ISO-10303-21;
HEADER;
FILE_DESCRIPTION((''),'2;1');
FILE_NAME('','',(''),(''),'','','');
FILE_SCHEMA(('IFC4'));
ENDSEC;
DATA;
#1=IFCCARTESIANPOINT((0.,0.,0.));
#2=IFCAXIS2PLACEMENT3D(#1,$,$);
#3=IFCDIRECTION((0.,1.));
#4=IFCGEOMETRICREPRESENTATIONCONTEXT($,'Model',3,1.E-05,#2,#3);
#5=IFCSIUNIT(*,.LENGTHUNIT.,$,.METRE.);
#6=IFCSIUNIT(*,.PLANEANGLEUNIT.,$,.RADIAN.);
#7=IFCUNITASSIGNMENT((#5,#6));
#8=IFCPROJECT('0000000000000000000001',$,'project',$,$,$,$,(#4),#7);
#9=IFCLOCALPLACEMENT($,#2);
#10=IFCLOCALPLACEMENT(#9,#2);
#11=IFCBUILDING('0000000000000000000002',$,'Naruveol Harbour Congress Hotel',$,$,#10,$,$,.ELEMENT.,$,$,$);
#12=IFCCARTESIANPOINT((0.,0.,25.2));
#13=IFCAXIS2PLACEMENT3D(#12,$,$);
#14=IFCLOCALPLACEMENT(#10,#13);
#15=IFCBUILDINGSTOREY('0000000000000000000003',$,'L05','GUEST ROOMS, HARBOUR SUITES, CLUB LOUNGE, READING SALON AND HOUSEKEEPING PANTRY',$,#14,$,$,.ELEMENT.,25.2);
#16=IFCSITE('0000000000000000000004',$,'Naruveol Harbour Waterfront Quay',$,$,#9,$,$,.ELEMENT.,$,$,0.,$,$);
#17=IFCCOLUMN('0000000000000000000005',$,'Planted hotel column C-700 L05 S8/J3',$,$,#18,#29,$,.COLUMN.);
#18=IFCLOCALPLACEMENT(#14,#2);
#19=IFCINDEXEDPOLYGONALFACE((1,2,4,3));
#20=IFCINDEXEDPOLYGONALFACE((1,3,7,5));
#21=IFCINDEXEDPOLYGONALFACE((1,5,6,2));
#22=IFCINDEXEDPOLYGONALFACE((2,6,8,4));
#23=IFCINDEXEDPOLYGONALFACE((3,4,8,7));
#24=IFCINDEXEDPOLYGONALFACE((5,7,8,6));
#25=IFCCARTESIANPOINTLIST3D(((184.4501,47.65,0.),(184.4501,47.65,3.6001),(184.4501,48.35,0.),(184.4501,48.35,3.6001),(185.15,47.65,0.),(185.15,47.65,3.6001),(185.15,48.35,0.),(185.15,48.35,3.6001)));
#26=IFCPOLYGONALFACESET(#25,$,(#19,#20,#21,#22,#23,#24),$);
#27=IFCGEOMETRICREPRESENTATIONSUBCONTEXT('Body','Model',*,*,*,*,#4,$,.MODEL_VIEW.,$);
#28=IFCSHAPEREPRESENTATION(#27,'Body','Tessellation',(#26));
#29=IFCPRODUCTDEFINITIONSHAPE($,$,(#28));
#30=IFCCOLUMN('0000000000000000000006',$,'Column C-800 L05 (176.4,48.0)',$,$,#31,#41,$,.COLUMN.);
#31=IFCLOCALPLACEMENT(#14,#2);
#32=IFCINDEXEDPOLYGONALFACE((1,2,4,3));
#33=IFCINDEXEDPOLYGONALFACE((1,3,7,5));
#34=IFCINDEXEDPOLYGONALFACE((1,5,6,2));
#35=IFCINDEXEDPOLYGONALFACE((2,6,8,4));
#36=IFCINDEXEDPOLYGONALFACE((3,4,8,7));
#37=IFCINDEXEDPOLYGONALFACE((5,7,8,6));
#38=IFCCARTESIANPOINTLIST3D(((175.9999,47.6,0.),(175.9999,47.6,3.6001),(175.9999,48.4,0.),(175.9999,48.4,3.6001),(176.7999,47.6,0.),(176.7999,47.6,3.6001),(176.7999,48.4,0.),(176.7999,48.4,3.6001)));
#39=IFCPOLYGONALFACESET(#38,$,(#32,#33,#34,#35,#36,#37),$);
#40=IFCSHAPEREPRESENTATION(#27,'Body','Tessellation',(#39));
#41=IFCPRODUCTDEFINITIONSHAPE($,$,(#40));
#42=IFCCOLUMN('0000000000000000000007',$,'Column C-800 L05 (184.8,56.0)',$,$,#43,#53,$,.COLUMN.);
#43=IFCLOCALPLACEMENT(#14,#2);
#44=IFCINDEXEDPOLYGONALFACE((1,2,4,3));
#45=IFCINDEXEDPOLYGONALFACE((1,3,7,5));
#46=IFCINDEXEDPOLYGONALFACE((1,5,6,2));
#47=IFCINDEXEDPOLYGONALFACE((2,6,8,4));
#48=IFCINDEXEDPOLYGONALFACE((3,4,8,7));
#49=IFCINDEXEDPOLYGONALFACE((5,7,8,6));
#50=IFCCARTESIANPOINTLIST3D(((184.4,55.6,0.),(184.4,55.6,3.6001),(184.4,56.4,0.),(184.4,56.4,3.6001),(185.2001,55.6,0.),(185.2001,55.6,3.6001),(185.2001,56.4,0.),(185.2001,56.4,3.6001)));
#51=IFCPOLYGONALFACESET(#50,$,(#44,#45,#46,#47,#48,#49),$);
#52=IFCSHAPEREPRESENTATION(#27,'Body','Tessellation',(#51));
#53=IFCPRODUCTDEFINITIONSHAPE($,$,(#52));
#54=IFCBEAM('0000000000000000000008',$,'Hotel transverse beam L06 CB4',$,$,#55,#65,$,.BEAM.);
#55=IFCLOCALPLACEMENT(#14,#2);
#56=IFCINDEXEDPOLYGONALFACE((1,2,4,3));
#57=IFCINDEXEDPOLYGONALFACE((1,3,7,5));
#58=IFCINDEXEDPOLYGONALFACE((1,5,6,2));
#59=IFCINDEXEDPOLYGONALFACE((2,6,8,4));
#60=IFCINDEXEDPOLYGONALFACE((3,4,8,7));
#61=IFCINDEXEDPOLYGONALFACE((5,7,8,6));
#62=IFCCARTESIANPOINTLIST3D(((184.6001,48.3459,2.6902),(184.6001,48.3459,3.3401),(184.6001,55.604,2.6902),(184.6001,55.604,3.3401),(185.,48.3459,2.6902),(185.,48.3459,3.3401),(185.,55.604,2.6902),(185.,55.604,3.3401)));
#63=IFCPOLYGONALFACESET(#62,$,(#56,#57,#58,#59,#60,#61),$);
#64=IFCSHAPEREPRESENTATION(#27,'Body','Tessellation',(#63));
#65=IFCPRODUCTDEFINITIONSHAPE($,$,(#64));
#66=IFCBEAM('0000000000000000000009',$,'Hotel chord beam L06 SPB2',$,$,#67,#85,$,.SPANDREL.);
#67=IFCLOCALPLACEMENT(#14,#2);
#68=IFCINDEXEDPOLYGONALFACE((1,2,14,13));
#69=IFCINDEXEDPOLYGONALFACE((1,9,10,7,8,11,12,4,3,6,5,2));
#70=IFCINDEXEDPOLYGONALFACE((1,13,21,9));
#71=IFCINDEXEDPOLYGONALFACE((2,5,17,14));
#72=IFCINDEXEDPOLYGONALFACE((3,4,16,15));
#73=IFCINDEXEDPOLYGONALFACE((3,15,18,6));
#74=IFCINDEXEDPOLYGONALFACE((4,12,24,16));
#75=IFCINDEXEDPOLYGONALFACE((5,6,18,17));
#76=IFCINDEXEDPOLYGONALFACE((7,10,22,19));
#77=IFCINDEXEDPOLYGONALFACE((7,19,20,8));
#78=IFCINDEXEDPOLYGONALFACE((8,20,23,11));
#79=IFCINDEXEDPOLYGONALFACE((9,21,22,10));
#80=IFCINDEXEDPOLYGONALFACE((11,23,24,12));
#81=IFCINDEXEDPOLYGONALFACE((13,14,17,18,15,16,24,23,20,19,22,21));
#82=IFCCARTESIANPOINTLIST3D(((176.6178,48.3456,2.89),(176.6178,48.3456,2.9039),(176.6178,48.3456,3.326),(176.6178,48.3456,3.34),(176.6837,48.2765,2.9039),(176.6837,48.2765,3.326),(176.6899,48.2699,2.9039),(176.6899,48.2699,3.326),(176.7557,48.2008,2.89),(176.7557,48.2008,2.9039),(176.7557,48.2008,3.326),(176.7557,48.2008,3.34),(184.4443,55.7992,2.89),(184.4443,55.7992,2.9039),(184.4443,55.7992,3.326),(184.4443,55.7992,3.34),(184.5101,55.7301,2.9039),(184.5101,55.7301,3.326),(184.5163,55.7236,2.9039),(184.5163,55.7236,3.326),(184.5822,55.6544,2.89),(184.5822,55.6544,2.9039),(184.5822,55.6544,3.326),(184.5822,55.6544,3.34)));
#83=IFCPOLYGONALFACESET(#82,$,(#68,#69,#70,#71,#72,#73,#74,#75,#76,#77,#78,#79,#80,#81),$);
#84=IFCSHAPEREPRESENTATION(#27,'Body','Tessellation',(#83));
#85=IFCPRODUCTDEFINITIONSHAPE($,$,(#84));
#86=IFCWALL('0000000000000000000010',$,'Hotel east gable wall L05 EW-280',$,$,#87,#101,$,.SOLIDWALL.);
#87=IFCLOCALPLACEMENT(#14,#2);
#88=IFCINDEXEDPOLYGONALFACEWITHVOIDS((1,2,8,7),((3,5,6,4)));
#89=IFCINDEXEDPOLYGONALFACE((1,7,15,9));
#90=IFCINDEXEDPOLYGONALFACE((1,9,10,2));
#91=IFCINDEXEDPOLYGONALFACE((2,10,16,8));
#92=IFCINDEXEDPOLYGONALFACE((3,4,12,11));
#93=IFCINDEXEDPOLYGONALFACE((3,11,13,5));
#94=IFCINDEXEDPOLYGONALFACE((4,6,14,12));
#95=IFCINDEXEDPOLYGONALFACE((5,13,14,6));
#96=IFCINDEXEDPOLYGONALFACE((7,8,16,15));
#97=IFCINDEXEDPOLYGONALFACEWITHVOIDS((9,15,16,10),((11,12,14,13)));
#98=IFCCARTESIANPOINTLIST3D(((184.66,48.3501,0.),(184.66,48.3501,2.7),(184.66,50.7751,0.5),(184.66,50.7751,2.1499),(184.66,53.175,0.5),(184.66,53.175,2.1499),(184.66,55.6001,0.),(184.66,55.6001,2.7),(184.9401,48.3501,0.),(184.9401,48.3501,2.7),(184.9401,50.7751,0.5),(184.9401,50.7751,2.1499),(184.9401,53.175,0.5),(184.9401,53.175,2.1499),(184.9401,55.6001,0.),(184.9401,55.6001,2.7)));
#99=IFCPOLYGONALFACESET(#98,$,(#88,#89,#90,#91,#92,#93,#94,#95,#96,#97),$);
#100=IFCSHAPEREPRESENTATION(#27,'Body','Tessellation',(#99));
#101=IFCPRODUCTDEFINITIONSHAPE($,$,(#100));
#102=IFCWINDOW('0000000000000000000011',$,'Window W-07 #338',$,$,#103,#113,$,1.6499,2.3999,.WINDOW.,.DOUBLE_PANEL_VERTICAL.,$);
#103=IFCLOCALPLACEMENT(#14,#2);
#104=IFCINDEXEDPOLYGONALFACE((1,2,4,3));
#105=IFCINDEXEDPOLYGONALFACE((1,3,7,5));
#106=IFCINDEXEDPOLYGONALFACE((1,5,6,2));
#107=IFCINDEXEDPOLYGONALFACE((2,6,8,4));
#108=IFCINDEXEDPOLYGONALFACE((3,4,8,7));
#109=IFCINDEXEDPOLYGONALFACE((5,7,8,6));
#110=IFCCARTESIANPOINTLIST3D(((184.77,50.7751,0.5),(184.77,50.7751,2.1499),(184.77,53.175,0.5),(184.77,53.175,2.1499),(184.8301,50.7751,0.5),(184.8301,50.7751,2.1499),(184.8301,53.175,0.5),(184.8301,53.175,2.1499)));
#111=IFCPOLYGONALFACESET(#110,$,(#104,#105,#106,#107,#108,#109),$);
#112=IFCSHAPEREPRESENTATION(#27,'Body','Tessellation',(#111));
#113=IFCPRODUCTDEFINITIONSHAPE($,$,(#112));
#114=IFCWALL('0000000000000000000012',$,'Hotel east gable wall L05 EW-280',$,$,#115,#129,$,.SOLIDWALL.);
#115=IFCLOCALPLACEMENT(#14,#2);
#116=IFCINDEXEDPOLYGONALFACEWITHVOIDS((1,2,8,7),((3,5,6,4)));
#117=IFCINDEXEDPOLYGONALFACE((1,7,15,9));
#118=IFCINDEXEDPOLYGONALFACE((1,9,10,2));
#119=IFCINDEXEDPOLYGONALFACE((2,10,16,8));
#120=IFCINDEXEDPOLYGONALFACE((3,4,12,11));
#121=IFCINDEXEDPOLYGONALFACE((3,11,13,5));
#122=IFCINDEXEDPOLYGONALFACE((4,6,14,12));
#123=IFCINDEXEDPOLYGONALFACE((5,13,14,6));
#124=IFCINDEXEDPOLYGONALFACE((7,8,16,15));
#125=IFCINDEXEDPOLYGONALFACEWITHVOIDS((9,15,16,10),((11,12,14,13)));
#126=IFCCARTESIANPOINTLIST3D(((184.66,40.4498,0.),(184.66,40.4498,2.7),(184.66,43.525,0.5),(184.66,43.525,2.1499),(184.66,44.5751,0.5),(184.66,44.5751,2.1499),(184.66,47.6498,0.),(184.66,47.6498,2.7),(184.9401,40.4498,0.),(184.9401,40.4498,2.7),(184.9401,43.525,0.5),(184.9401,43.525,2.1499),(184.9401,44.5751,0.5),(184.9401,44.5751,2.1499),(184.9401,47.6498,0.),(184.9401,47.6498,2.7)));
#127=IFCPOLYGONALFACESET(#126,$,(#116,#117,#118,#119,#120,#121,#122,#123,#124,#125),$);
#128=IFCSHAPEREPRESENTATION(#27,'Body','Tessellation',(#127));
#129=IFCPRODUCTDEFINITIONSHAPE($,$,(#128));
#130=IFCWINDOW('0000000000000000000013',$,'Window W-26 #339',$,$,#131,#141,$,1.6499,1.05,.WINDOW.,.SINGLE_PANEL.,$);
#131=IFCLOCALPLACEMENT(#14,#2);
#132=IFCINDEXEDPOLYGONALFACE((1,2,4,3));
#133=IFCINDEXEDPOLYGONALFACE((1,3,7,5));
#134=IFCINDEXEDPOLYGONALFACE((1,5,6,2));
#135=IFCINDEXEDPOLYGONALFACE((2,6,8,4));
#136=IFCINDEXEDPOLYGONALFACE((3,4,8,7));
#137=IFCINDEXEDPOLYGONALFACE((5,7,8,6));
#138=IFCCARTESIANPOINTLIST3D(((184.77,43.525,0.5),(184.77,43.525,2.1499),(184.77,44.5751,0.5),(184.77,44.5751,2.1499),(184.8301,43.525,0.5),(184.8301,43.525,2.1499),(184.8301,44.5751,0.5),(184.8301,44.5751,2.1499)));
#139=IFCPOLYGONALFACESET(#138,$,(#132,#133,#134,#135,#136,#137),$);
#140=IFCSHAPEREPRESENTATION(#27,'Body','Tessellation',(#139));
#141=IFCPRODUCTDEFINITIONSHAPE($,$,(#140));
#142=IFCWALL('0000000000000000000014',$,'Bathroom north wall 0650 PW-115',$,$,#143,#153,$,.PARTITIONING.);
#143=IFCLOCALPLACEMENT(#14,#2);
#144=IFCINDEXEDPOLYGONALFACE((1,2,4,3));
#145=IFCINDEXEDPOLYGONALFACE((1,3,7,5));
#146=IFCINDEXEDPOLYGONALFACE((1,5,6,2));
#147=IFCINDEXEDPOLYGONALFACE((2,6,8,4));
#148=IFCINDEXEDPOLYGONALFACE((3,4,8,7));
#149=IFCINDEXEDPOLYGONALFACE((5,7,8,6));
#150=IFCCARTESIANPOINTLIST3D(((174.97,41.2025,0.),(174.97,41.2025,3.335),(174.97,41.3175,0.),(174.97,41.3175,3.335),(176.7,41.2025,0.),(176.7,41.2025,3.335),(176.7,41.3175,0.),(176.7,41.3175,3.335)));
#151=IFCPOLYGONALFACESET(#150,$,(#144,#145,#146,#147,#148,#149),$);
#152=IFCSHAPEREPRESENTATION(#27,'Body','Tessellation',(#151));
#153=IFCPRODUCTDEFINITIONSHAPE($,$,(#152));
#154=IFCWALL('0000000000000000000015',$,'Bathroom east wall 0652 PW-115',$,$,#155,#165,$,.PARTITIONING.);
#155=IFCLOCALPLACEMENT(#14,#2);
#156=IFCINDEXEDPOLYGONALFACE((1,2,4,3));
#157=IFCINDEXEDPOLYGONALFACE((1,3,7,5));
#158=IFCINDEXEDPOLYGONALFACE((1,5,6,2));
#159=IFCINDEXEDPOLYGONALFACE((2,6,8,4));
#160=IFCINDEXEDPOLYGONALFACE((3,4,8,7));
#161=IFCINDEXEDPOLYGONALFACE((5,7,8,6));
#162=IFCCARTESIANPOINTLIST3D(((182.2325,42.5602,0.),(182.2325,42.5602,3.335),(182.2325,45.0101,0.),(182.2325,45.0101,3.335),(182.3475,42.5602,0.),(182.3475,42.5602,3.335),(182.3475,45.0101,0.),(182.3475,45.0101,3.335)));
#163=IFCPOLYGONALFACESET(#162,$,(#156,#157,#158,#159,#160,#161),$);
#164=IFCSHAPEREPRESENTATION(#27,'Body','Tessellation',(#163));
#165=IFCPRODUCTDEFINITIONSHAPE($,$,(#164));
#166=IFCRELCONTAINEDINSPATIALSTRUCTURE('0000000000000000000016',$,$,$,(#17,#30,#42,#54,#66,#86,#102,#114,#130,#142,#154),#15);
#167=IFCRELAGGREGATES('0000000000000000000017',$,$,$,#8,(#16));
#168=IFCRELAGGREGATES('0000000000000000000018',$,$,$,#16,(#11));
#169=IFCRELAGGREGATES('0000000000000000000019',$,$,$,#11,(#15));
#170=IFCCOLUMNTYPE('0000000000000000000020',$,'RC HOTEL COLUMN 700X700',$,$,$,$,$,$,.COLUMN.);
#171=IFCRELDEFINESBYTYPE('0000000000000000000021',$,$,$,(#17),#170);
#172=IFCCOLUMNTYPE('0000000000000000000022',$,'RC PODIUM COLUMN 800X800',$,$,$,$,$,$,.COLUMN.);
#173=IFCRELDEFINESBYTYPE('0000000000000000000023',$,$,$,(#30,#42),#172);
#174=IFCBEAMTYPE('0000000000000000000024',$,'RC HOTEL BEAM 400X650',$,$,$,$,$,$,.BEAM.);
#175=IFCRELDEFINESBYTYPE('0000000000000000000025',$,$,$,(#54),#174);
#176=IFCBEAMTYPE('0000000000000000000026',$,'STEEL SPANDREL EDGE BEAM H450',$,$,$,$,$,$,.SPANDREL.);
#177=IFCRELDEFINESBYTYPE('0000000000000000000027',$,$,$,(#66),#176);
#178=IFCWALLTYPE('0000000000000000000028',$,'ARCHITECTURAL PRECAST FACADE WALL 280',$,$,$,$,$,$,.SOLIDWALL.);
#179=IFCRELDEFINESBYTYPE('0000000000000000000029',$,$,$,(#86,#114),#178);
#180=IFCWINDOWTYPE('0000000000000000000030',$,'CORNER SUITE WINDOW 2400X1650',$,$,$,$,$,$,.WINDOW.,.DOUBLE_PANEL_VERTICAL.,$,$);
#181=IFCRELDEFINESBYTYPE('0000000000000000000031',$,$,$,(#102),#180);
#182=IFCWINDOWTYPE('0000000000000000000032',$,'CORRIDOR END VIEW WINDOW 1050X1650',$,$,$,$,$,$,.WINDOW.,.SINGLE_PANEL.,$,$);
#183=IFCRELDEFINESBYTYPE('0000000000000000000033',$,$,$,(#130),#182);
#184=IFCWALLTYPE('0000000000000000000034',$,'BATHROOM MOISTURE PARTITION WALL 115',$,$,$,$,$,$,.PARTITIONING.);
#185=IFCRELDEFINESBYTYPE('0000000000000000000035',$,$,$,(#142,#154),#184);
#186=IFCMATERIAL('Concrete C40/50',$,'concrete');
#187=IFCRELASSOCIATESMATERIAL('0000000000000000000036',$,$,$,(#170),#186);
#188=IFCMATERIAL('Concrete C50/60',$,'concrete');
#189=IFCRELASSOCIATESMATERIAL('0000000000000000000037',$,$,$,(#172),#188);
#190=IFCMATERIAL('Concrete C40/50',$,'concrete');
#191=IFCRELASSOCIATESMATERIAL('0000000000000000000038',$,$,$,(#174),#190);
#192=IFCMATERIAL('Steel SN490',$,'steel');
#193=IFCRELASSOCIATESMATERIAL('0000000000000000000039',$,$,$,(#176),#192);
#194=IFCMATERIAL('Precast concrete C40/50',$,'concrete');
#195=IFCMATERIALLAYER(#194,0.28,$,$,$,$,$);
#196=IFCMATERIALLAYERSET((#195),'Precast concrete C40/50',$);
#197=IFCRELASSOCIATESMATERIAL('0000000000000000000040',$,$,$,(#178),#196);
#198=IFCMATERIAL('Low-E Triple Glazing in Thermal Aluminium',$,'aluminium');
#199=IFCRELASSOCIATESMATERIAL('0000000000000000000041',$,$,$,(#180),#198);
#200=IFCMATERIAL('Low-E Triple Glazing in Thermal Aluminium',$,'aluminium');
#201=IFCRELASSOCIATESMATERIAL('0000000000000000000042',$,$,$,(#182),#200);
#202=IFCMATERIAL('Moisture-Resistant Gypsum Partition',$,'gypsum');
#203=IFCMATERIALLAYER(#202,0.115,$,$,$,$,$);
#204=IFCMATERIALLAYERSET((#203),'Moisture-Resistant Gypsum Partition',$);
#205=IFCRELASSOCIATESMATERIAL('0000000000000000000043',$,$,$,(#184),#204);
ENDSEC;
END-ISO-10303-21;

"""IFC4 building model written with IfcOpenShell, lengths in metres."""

from ifc_helpers import new_model, si_unit, direction, frame, frame_2d, origin, origin_2d, place, context, subcontext, project, spatial, rectangle, i_section, extrude, material, layer, layer_set, material_profile, profile_set, type_object, element, fill, save


model = new_model("IFC4")

# Units and contexts
model_context = context("Model", 3, precision=1e-05, world=origin(), true_north=direction((0.0, 1.0)))
body_context = subcontext(model_context, "Body", "Model", "MODEL_VIEW")
ifc_project = project(units=[si_unit("LENGTHUNIT", "METRE"), si_unit("PLANEANGLEUNIT", "RADIAN")], contexts=[model_context])

# Site, building, storey
site_placement = place(None, origin())
site = spatial("IfcSite", under=ifc_project, at=site_placement, Name="Naruveol Harbour Waterfront Quay", CompositionType="ELEMENT", RefElevation=0.0)
building_placement = place(site_placement, origin())
building = spatial("IfcBuilding", under=site, at=building_placement, Name="Naruveol Harbour Congress Hotel", CompositionType="ELEMENT")
storey_placement = place(building_placement, frame((0.0, 0.0, 25.2)))
storey = spatial("IfcBuildingStorey", under=building, at=storey_placement, Name="L05", Description="GUEST ROOMS, HARBOUR SUITES, CLUB LOUNGE, READING SALON AND HOUSEKEEPING PANTRY", CompositionType="ELEMENT", Elevation=25.2)

# Columns
ifc_material_1 = material(Name="Concrete C40/50", Category="concrete")
ifc_material_profile_1 = material_profile(ifc_material_1, rectangle(XDim=0.7, YDim=0.7, at=origin_2d()), Name="RC-700x700")
ifc_profile_set_1 = profile_set([ifc_material_profile_1], Name="Concrete C40/50")
column_type_1 = type_object("IfcColumnType", Name="RC HOTEL COLUMN 700X700", PredefinedType="COLUMN", material=ifc_profile_set_1)
column_placement = place(storey_placement, frame((184.8, 48.0, 0.0), z_axis=(0.0, 0.0, 1.0), x_axis=(1.0, 0.0, 0.0)))
element("IfcColumn", 1, at=column_placement, inside=storey, type_object=column_type_1, Name="Planted hotel column C-700 L05 S8/J3", PredefinedType="COLUMN", context=body_context, shape_type="SweptSolid", body=[
    extrude(rectangle(XDim=0.7, YDim=0.7, at=origin_2d()), origin(), (0.0, 0.0, 1.0), 3.6001),
])
ifc_material_2 = material(Name="Concrete C50/60", Category="concrete")
ifc_material_profile_2 = material_profile(ifc_material_2, rectangle(XDim=0.8, YDim=0.8, at=origin_2d()), Name="RC-800x800")
ifc_profile_set_2 = profile_set([ifc_material_profile_2], Name="Concrete C50/60")
column_type_2 = type_object("IfcColumnType", Name="RC PODIUM COLUMN 800X800", PredefinedType="COLUMN", material=ifc_profile_set_2)
for number, where, z_axis, x_axis, name in (
    (2, (176.3999, 48.0, 0.0), (0.0, 0.0, 1.0), (1.0, 0.0, 0.0), "Column C-800 L05 (176.4,48.0)"),
    (3, (184.8, 56.0, 0.0), (0.0, 0.0, 1.0), (1.0, 0.0, 0.0), "Column C-800 L05 (184.8,56.0)"),
):
    element("IfcColumn", number, at=place(storey_placement, frame(where, z_axis=z_axis, x_axis=x_axis)), inside=storey, type_object=column_type_2, Name=name, PredefinedType="COLUMN", context=body_context, shape_type="SweptSolid", body=[
        extrude(rectangle(XDim=0.8, YDim=0.8, at=origin_2d()), origin(), (0.0, 0.0, 1.0), 3.6001),
    ])

# Beams
ifc_material_3 = material(Name="Concrete C40/50", Category="concrete")
ifc_material_profile_3 = material_profile(ifc_material_3, rectangle(XDim=0.3999, YDim=0.6499, at=origin_2d()), Name="RCB-400x650")
ifc_profile_set_3 = profile_set([ifc_material_profile_3], Name="Concrete C40/50")
beam_type_1 = type_object("IfcBeamType", Name="RC HOTEL BEAM 400X650", PredefinedType="BEAM", material=ifc_profile_set_3)
beam_1_placement = place(storey_placement, frame((184.8, 48.3459, 3.0151), z_axis=(0.0, 1.0, 0.0), x_axis=(-1.0, 0.0, 0.0)))
element("IfcBeam", 4, at=beam_1_placement, inside=storey, type_object=beam_type_1, Name="Hotel transverse beam L06 CB4", PredefinedType="BEAM", context=body_context, shape_type="SweptSolid", body=[
    extrude(rectangle(XDim=0.3999, YDim=0.6499, at=origin_2d()), origin(), (0.0, 0.0, 1.0), 7.2581),
])
ifc_material_4 = material(Name="Steel SN490", Category="steel")
ifc_material_profile_4 = material_profile(ifc_material_4, i_section(OverallWidth=0.2, OverallDepth=0.45, WebThickness=0.009, FlangeThickness=0.0139, at=origin_2d()), Name="H-450x200x9x14")
ifc_profile_set_4 = profile_set([ifc_material_profile_4], Name="Steel SN490")
beam_type_2 = type_object("IfcBeamType", Name="STEEL SPANDREL EDGE BEAM H450", PredefinedType="SPANDREL", material=ifc_profile_set_4)
beam_2_placement = place(storey_placement, frame((176.6868, 48.2732, 3.115), z_axis=(0.724143, 0.68965, 0.0), x_axis=(-0.68965, 0.724143, 0.0)))
element("IfcBeam", 5, at=beam_2_placement, inside=storey, type_object=beam_type_2, Name="Hotel chord beam L06 SPB2", PredefinedType="SPANDREL", context=body_context, shape_type="SweptSolid", body=[
    extrude(i_section(OverallWidth=0.2, OverallDepth=0.45, WebThickness=0.009, FlangeThickness=0.0139, at=origin_2d()), origin(), (0.0, 0.0, 1.0), 10.8079),
])

# Walls, openings, windows
ifc_material_5 = material(Name="Precast concrete C40/50", Category="concrete")
ifc_layer_1 = layer(ifc_material_5, 0.28)
ifc_layer_set_1 = layer_set([ifc_layer_1], Name="Precast concrete C40/50")
wall_type_1 = type_object("IfcWallType", Name="ARCHITECTURAL PRECAST FACADE WALL 280", PredefinedType="SOLIDWALL", material=ifc_layer_set_1)
wall_1_placement = place(storey_placement, frame((184.8, 55.6001, 0.0), z_axis=(0.0, 0.0, 1.0), x_axis=(0.0, -1.0, 0.0)))
wall_1 = element("IfcWall", 6, at=wall_1_placement, inside=storey, type_object=wall_type_1, Name="Hotel east gable wall L05 EW-280", PredefinedType="SOLIDWALL", context=body_context, shape_type="SweptSolid", body=[
    extrude(rectangle(XDim=7.25, YDim=0.28, at=frame_2d((3.625, 0.0))), origin(), (0.0, 0.0, 1.0), 2.7),
])
opening_1_placement = place(wall_1_placement, frame((2.425, 0.0, 0.5)))
opening_1 = element("IfcOpeningElement", 7, at=opening_1_placement, cuts=wall_1, PredefinedType="OPENING", context=body_context, shape_type="SweptSolid", body=[
    extrude(rectangle(XDim=2.3999, YDim=1.6499, at=frame_2d((1.2, 0.825))), frame((0.0, 0.1499, 0.0), z_axis=(0.0, -1.0, 0.0), x_axis=(1.0, 0.0, 0.0)), (0.0, 0.0, 1.0), 0.3),
])
ifc_material_6 = material(Name="Low-E Triple Glazing in Thermal Aluminium", Category="aluminium")
window_type_1 = type_object("IfcWindowType", Name="CORNER SUITE WINDOW 2400X1650", PartitioningType="DOUBLE_PANEL_VERTICAL", PredefinedType="WINDOW", material=ifc_material_6)
window_1_placement = place(opening_1_placement, origin())
window_1 = element("IfcWindow", 8, at=window_1_placement, inside=storey, type_object=window_type_1, Name="Window W-07 #338", OverallHeight=1.6499, OverallWidth=2.3999, PartitioningType="DOUBLE_PANEL_VERTICAL", PredefinedType="WINDOW", context=body_context, shape_type="SweptSolid", body=[
    extrude(rectangle(XDim=2.3999, YDim=1.6499, at=frame_2d((1.2, 0.825))), frame((0.0, 0.03, 0.0), z_axis=(0.0, -1.0, 0.0), x_axis=(1.0, 0.0, 0.0)), (0.0, 0.0, 1.0), 0.0601),
])
fill(opening_1, window_1)
wall_2_placement = place(storey_placement, frame((184.8, 47.6499, 0.0), z_axis=(0.0, 0.0, 1.0), x_axis=(0.0, -1.0, 0.0)))
wall_2 = element("IfcWall", 9, at=wall_2_placement, inside=storey, type_object=wall_type_1, Name="Hotel east gable wall L05 EW-280", PredefinedType="SOLIDWALL", context=body_context, shape_type="SweptSolid", body=[
    extrude(rectangle(XDim=7.2, YDim=0.28, at=frame_2d((3.6001, 0.0))), origin(), (0.0, 0.0, 1.0), 2.7),
])
opening_2_placement = place(wall_2_placement, frame((3.075, 0.0, 0.5)))
opening_2 = element("IfcOpeningElement", 10, at=opening_2_placement, cuts=wall_2, PredefinedType="OPENING", context=body_context, shape_type="SweptSolid", body=[
    extrude(rectangle(XDim=1.05, YDim=1.6499, at=frame_2d((0.5249, 0.825))), frame((0.0, 0.1499, 0.0), z_axis=(0.0, -1.0, 0.0), x_axis=(1.0, 0.0, 0.0)), (0.0, 0.0, 1.0), 0.3),
])
ifc_material_7 = material(Name="Low-E Triple Glazing in Thermal Aluminium", Category="aluminium")
window_type_2 = type_object("IfcWindowType", Name="CORRIDOR END VIEW WINDOW 1050X1650", PartitioningType="SINGLE_PANEL", PredefinedType="WINDOW", material=ifc_material_7)
window_2_placement = place(opening_2_placement, origin())
window_2 = element("IfcWindow", 11, at=window_2_placement, inside=storey, type_object=window_type_2, Name="Window W-26 #339", OverallHeight=1.6499, OverallWidth=1.05, PartitioningType="SINGLE_PANEL", PredefinedType="WINDOW", context=body_context, shape_type="SweptSolid", body=[
    extrude(rectangle(XDim=1.05, YDim=1.6499, at=frame_2d((0.5249, 0.825))), frame((0.0, 0.03, 0.0), z_axis=(0.0, -1.0, 0.0), x_axis=(1.0, 0.0, 0.0)), (0.0, 0.0, 1.0), 0.0601),
])
fill(opening_2, window_2)

# Shared definitions
ifc_material_8 = material(Name="Moisture-Resistant Gypsum Partition", Category="gypsum")
ifc_layer_2 = layer(ifc_material_8, 0.115)
ifc_layer_set_2 = layer_set([ifc_layer_2], Name="Moisture-Resistant Gypsum Partition")
wall_type_2 = type_object("IfcWallType", Name="BATHROOM MOISTURE PARTITION WALL 115", PredefinedType="PARTITIONING", material=ifc_layer_set_2)

# Wall
wall_3_placement = place(storey_placement, frame((174.97, 41.26, 0.0), z_axis=(0.0, 0.0, 1.0), x_axis=(1.0, 0.0, 0.0)))
element("IfcWall", 12, at=wall_3_placement, inside=storey, type_object=wall_type_2, Name="Bathroom north wall 0650 PW-115", PredefinedType="PARTITIONING", context=body_context, shape_type="SweptSolid", body=[
    extrude(rectangle(XDim=1.73, YDim=0.115, at=frame_2d((0.865, 0.0))), origin(), (0.0, 0.0, 1.0), 3.335),
])

# Wall
wall_4_placement = place(storey_placement, frame((182.29, 42.5601, 0.0), z_axis=(0.0, 0.0, 1.0), x_axis=(0.0, 1.0, 0.0)))
element("IfcWall", 13, at=wall_4_placement, inside=storey, type_object=wall_type_2, Name="Bathroom east wall 0652 PW-115", PredefinedType="PARTITIONING", context=body_context, shape_type="SweptSolid", body=[
    extrude(rectangle(XDim=2.45, YDim=0.115, at=frame_2d((1.2251, 0.0))), origin(), (0.0, 0.0, 1.0), 3.335),
])

save(model, "model.ifc")
